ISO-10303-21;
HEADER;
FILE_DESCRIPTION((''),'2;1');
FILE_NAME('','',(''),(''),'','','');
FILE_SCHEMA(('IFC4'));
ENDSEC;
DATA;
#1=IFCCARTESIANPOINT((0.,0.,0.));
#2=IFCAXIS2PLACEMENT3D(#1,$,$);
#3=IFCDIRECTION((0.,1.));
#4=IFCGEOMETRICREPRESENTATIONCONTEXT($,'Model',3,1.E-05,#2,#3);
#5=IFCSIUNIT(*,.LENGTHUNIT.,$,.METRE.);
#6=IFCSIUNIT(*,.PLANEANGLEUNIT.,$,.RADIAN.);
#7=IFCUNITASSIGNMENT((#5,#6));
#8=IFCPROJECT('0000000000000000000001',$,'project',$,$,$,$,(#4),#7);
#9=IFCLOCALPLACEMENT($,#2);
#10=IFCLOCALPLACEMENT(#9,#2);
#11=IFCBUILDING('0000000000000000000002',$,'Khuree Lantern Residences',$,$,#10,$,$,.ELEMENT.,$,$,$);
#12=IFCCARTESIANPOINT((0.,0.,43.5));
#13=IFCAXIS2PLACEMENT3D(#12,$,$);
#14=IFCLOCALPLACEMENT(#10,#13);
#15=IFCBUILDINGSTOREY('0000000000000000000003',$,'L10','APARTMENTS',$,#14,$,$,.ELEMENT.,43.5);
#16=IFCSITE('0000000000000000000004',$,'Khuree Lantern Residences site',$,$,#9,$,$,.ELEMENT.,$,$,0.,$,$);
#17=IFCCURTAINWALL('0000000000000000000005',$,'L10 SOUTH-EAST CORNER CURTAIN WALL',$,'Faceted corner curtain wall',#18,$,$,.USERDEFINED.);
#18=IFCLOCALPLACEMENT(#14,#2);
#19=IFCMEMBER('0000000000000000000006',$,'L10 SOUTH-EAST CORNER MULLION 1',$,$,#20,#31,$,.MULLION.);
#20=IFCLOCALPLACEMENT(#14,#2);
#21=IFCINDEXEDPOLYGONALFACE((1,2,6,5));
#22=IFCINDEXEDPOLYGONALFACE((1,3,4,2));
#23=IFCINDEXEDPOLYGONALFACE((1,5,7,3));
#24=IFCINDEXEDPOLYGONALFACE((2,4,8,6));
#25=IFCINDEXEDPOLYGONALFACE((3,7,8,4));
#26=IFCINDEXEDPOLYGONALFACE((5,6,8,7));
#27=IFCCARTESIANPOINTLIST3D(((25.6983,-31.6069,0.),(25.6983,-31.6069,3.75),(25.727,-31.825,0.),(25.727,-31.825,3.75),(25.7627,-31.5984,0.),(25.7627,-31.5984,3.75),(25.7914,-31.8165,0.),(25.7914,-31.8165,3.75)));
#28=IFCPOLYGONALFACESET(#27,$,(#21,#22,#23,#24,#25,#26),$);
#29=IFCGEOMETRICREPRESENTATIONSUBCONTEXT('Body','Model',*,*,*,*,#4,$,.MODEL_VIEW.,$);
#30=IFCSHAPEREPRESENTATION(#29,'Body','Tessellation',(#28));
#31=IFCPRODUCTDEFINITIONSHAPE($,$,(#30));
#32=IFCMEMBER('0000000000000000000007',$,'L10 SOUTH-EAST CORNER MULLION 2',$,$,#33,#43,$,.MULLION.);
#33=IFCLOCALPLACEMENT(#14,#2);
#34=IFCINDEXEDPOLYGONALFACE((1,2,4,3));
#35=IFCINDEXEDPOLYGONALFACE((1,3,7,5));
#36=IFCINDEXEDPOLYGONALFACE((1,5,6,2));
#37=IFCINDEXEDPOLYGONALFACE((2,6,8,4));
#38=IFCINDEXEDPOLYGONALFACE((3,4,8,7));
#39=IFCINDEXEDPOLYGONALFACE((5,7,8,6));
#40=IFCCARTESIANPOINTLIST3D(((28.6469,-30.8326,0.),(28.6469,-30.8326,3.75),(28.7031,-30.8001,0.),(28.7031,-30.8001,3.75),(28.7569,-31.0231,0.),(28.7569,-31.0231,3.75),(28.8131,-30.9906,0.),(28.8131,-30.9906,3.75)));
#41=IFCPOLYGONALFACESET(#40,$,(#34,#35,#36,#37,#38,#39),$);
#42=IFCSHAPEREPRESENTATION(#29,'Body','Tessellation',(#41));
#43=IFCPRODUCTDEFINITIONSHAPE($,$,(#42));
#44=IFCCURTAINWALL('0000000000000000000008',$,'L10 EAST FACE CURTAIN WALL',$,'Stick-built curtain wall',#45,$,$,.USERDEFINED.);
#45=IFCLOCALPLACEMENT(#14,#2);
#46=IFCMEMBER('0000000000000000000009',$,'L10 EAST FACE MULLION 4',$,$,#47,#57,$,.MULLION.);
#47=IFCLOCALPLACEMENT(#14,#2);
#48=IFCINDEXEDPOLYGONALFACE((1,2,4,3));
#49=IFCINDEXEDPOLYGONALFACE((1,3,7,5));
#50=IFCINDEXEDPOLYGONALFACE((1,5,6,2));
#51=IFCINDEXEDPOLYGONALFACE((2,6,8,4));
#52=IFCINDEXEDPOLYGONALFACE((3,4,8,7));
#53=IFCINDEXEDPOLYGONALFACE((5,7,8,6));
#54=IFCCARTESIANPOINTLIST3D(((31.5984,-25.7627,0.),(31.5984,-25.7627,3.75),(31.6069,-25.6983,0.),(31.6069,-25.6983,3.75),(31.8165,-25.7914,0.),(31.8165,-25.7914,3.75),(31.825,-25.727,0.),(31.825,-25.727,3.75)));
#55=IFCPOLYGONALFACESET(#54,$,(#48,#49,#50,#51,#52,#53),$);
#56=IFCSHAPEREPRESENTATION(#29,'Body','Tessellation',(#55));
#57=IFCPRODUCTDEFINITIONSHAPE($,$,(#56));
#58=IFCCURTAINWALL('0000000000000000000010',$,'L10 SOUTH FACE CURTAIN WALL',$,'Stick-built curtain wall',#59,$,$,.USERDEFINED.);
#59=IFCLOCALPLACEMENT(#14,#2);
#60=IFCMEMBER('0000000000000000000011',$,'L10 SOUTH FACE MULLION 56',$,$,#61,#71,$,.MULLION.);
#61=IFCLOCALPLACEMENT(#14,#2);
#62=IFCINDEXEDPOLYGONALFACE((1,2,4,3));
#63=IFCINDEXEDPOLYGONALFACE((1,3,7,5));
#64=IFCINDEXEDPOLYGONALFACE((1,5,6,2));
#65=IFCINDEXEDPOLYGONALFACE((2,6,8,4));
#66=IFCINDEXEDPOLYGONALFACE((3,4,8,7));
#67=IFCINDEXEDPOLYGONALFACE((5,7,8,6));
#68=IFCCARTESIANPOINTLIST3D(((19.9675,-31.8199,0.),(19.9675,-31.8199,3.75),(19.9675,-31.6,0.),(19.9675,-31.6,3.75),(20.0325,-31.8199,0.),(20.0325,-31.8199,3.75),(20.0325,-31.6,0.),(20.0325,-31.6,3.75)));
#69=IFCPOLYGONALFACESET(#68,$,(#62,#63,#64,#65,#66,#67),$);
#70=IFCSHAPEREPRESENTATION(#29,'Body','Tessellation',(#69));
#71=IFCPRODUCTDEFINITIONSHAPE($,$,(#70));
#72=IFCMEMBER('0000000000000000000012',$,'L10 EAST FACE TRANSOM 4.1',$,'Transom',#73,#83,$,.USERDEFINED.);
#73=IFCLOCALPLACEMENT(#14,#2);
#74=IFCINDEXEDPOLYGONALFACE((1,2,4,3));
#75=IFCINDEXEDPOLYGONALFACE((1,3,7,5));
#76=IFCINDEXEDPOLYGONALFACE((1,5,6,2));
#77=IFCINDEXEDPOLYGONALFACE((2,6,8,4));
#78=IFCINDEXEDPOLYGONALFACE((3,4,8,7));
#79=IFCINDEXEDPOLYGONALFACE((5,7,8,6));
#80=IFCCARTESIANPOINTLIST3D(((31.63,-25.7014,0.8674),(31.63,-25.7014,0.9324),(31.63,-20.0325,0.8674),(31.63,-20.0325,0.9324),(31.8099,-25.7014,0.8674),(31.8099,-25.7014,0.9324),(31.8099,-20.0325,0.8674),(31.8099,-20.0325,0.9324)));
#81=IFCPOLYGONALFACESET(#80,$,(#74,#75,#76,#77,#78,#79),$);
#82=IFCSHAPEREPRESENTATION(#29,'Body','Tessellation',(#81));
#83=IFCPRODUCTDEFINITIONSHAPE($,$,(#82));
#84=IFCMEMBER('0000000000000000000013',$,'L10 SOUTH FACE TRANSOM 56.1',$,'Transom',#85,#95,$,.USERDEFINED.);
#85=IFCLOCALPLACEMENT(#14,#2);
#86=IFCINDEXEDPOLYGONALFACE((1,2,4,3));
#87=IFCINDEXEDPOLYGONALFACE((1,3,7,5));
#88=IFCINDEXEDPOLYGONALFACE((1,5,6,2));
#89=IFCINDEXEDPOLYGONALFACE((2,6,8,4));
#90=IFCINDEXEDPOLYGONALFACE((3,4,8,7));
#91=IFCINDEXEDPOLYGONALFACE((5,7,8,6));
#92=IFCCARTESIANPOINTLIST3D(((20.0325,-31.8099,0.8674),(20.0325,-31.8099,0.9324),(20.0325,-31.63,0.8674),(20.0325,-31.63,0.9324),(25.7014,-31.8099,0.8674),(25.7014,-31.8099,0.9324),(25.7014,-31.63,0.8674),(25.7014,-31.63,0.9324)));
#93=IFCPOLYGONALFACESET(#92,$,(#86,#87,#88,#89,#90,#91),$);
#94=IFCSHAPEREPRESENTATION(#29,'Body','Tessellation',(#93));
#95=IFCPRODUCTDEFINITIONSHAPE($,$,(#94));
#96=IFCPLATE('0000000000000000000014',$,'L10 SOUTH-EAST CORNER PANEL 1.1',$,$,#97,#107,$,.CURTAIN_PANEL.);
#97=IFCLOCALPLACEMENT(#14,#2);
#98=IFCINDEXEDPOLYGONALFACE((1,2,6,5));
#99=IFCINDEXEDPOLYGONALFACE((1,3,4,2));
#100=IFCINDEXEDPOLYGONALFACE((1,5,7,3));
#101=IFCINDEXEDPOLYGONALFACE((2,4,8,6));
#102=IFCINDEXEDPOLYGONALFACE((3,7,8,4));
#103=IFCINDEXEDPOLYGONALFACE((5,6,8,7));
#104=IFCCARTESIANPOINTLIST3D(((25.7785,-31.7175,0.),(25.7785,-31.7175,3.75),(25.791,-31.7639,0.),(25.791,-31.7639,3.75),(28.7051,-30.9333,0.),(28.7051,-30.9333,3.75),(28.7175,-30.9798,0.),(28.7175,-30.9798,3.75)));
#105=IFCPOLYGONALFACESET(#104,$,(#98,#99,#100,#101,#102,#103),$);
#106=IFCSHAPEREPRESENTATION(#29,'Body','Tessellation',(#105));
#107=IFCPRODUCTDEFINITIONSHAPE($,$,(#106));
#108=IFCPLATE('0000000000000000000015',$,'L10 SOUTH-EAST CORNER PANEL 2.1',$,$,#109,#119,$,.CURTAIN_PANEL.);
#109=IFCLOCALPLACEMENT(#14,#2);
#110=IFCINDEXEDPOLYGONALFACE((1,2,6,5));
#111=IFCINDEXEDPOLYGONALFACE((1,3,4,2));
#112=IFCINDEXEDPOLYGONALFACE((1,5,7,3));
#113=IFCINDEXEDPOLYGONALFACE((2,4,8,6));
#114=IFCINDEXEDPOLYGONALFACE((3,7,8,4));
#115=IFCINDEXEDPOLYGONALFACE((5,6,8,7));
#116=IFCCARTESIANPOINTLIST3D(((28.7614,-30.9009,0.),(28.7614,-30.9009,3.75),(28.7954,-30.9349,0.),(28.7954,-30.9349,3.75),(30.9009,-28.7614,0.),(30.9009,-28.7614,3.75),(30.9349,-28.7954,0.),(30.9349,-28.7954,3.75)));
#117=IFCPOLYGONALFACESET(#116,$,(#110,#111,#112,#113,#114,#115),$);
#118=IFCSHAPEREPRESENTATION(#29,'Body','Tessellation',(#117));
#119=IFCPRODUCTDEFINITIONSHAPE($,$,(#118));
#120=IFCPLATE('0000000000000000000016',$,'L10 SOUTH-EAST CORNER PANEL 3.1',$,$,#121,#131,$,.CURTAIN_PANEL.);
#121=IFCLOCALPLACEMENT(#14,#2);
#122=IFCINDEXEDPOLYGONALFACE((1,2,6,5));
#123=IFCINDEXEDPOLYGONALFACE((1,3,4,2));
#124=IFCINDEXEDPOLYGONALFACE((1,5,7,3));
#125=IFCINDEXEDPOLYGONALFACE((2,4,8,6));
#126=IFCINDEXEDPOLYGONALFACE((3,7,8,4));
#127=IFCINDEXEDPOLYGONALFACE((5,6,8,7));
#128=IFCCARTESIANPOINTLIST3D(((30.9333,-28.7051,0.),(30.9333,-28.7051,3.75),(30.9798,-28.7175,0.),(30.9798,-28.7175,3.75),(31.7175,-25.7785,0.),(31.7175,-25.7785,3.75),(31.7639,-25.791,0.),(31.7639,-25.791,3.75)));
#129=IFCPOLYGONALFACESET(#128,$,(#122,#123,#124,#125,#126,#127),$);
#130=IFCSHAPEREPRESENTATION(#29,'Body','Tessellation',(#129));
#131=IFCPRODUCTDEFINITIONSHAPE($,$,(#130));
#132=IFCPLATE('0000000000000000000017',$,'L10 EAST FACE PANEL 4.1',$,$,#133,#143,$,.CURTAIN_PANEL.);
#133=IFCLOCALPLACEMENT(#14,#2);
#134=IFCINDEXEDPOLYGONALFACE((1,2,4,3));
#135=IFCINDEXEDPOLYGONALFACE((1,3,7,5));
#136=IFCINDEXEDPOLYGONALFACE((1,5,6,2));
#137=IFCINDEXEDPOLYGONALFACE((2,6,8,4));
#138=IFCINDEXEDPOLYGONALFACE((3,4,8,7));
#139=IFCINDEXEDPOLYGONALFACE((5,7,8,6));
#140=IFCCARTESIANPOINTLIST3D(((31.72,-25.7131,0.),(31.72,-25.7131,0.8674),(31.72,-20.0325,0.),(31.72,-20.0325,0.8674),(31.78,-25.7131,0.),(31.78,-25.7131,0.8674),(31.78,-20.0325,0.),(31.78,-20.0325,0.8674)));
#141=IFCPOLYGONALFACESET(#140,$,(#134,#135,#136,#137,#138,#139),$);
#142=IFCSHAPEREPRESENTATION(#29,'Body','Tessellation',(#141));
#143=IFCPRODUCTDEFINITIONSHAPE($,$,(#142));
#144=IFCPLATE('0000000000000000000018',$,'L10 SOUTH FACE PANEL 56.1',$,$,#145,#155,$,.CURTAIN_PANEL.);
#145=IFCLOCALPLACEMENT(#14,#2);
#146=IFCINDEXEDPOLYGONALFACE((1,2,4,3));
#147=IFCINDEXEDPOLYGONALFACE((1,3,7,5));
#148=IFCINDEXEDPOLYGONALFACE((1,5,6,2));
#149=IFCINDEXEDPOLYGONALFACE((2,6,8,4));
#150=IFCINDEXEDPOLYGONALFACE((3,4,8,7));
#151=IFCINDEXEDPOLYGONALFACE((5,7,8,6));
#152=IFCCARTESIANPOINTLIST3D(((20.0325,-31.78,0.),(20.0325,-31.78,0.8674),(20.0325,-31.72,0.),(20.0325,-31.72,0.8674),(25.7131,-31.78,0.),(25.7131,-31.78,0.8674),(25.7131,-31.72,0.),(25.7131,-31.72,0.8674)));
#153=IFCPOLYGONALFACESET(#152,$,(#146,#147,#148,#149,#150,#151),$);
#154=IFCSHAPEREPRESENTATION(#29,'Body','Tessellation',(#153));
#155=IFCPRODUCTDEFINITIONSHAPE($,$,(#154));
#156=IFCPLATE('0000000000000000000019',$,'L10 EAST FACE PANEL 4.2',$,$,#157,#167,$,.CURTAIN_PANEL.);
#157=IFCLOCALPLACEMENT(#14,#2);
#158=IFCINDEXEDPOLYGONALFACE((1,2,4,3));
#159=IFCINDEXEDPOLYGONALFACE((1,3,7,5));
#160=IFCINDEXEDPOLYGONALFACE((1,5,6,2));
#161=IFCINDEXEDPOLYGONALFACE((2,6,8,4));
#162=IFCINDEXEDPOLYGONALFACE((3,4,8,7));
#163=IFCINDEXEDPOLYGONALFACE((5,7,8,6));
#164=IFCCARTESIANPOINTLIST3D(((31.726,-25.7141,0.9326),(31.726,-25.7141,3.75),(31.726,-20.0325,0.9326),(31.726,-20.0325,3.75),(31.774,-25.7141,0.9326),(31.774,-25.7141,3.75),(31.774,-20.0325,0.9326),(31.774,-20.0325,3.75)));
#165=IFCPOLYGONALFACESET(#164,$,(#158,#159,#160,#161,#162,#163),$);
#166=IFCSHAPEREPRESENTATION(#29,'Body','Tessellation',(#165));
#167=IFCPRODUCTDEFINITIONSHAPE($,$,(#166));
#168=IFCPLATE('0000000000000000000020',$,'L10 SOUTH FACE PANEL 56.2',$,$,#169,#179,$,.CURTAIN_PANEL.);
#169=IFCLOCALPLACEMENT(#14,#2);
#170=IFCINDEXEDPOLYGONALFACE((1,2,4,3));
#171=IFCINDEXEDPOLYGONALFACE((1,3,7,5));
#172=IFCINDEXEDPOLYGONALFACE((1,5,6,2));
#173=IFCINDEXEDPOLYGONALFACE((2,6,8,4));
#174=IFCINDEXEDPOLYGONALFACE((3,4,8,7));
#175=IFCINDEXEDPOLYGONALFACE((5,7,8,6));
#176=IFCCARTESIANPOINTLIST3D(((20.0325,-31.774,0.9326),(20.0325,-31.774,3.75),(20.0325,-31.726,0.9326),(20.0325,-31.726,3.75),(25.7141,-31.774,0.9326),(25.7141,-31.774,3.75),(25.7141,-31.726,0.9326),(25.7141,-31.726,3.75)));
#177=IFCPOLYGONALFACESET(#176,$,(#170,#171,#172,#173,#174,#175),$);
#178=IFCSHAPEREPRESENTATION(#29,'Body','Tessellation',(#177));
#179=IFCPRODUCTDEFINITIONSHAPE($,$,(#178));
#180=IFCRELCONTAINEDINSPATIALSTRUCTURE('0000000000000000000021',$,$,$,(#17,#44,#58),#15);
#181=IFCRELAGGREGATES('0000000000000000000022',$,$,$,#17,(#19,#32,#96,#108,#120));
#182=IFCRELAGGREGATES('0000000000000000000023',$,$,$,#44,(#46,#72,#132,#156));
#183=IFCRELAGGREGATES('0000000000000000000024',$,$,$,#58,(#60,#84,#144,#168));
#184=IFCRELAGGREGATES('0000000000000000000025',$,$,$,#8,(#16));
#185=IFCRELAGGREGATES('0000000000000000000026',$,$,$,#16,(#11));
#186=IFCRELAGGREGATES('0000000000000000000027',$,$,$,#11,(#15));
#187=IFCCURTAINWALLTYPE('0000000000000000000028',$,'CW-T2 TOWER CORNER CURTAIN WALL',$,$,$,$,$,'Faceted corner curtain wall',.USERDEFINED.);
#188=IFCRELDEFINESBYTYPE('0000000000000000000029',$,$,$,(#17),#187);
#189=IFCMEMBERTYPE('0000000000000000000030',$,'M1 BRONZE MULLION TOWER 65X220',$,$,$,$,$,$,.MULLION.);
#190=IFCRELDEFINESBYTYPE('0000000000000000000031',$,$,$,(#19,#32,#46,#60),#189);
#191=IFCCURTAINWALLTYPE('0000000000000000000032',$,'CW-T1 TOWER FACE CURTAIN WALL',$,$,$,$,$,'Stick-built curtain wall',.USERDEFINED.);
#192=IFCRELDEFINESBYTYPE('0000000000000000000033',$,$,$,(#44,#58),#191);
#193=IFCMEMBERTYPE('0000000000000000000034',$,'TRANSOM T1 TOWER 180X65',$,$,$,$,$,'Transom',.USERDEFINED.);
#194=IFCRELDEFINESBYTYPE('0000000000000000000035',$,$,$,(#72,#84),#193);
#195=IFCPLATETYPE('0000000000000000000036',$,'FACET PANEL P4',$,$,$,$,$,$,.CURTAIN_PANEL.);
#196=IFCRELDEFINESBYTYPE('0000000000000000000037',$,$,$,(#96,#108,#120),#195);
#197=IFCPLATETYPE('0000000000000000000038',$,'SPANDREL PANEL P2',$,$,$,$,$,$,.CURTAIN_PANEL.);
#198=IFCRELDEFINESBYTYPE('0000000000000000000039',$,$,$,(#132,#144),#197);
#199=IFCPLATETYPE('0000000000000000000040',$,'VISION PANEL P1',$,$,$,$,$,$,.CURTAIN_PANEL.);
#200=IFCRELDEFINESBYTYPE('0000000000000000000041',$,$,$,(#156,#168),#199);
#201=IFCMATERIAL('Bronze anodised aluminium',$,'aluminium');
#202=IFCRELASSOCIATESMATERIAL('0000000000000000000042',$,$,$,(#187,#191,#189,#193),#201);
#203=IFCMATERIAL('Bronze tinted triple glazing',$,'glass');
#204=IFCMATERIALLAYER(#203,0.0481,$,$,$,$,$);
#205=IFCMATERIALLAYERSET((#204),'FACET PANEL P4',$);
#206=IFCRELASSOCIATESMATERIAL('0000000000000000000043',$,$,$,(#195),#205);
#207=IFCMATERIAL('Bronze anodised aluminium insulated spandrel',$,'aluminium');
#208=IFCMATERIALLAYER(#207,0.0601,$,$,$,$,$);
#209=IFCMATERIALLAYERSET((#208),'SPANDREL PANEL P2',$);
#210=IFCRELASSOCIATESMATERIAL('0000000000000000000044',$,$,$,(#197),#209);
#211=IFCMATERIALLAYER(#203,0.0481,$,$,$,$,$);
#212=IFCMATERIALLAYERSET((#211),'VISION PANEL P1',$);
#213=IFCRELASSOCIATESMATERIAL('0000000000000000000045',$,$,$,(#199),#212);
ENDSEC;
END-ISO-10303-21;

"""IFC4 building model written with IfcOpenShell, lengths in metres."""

from ifc_helpers import new_model, si_unit, direction, frame, origin, origin_2d, place, context, subcontext, project, spatial, rectangle, extrude, material, layer, layer_set, material_profile, profile_set, type_object, element, aggregate, save


model = new_model("IFC4")

# Units and contexts
model_context = context("Model", 3, precision=1e-05, world=origin(), true_north=direction((0.0, 1.0)))
body_context = subcontext(model_context, "Body", "Model", "MODEL_VIEW")
ifc_project = project(units=[si_unit("LENGTHUNIT", "METRE"), si_unit("PLANEANGLEUNIT", "RADIAN")], contexts=[model_context])

# Site, building, storey
site_placement = place(None, origin())
site = spatial("IfcSite", under=ifc_project, at=site_placement, Name="Khuree Lantern Residences site", CompositionType="ELEMENT", RefElevation=0.0)
building_placement = place(site_placement, origin())
building = spatial("IfcBuilding", under=site, at=building_placement, Name="Khuree Lantern Residences", CompositionType="ELEMENT")
storey_placement = place(building_placement, frame((0.0, 0.0, 43.5)))
storey = spatial("IfcBuildingStorey", under=building, at=storey_placement, Name="L10", Description="APARTMENTS", CompositionType="ELEMENT", Elevation=43.5)

# Curtain wall
ifc_material_1 = material(Name="Bronze anodised aluminium", Category="aluminium")
curtain_wall_type_1 = type_object("IfcCurtainWallType", Name="CW-T2 TOWER CORNER CURTAIN WALL", ElementType="Faceted corner curtain wall", PredefinedType="USERDEFINED", material=ifc_material_1)
curtain_wall_1_placement = place(storey_placement, origin())
curtain_wall_1 = element("IfcCurtainWall", 1, at=curtain_wall_1_placement, inside=storey, type_object=curtain_wall_type_1, Name="L10 SOUTH-EAST CORNER CURTAIN WALL", ObjectType="Faceted corner curtain wall", PredefinedType="USERDEFINED")

# Members
ifc_material_profile_1 = material_profile(ifc_material_1, rectangle(XDim=0.0649, YDim=0.22, at=origin_2d()), Name="M1 65X220")
ifc_profile_set_1 = profile_set([ifc_material_profile_1], Name="Bronze anodised aluminium")
member_type_1 = type_object("IfcMemberType", Name="M1 BRONZE MULLION TOWER 65X220", PredefinedType="MULLION", material=ifc_profile_set_1)
member_1_placement = place(storey_placement, frame((25.7449, -31.7117, 0.0), z_axis=(0.0, 0.0, 1.0), x_axis=(0.991445, 0.130526, 0.0)))
member_1 = element("IfcMember", 2, at=member_1_placement, type_object=member_type_1, Name="L10 SOUTH-EAST CORNER MULLION 1", PredefinedType="MULLION", context=body_context, shape_type="SweptSolid", body=[
    extrude(rectangle(XDim=0.0649, YDim=0.22, at=origin_2d()), origin(), (0.0, 0.0, 1.0), 3.75),
])
member_2_placement = place(storey_placement, frame((28.73, -30.9116, 0.0), z_axis=(0.0, 0.0, 1.0), x_axis=(0.866025, 0.5, 0.0)))
member_2 = element("IfcMember", 3, at=member_2_placement, type_object=member_type_1, Name="L10 SOUTH-EAST CORNER MULLION 2", PredefinedType="MULLION", context=body_context, shape_type="SweptSolid", body=[
    extrude(rectangle(XDim=0.0649, YDim=0.22, at=origin_2d()), origin(), (0.0, 0.0, 1.0), 3.75),
])

# Curtain walls, members
curtain_wall_type_2 = type_object("IfcCurtainWallType", Name="CW-T1 TOWER FACE CURTAIN WALL", ElementType="Stick-built curtain wall", PredefinedType="USERDEFINED", material=ifc_material_1)
curtain_wall_2_placement = place(storey_placement, origin())
curtain_wall_2 = element("IfcCurtainWall", 4, at=curtain_wall_2_placement, inside=storey, type_object=curtain_wall_type_2, Name="L10 EAST FACE CURTAIN WALL", ObjectType="Stick-built curtain wall", PredefinedType="USERDEFINED")
member_3_placement = place(storey_placement, frame((31.7117, -25.7449, 0.0), z_axis=(0.0, 0.0, 1.0), x_axis=(0.130526, 0.991445, 0.0)))
member_3 = element("IfcMember", 5, at=member_3_placement, type_object=member_type_1, Name="L10 EAST FACE MULLION 4", PredefinedType="MULLION", context=body_context, shape_type="SweptSolid", body=[
    extrude(rectangle(XDim=0.0649, YDim=0.22, at=origin_2d()), origin(), (0.0, 0.0, 1.0), 3.75),
])
curtain_wall_3_placement = place(storey_placement, origin())
curtain_wall_3 = element("IfcCurtainWall", 6, at=curtain_wall_3_placement, inside=storey, type_object=curtain_wall_type_2, Name="L10 SOUTH FACE CURTAIN WALL", ObjectType="Stick-built curtain wall", PredefinedType="USERDEFINED")
member_4_placement = place(storey_placement, frame((20.0, -31.71, 0.0), z_axis=(0.0, 0.0, 1.0), x_axis=(1.0, 0.0, 0.0)))
member_4 = element("IfcMember", 7, at=member_4_placement, type_object=member_type_1, Name="L10 SOUTH FACE MULLION 56", PredefinedType="MULLION", context=body_context, shape_type="SweptSolid", body=[
    extrude(rectangle(XDim=0.0649, YDim=0.22, at=origin_2d()), origin(), (0.0, 0.0, 1.0), 3.75),
])

# Members
ifc_material_profile_2 = material_profile(ifc_material_1, rectangle(XDim=0.1799, YDim=0.0649, at=origin_2d()), Name="T1 180X65")
ifc_profile_set_2 = profile_set([ifc_material_profile_2], Name="Bronze anodised aluminium")
member_type_2 = type_object("IfcMemberType", Name="TRANSOM T1 TOWER 180X65", ElementType="Transom", PredefinedType="USERDEFINED", material=ifc_profile_set_2)
member_5_placement = place(storey_placement, frame((31.72, -25.7014, 0.8999), z_axis=(0.0, 1.0, 0.0), x_axis=(-1.0, 0.0, 0.0)))
member_5 = element("IfcMember", 8, at=member_5_placement, type_object=member_type_2, Name="L10 EAST FACE TRANSOM 4.1", ObjectType="Transom", PredefinedType="USERDEFINED", context=body_context, shape_type="SweptSolid", body=[
    extrude(rectangle(XDim=0.1799, YDim=0.0649, at=origin_2d()), origin(), (0.0, 0.0, 1.0), 5.6689),
])
member_6_placement = place(storey_placement, frame((20.0325, -31.72, 0.8999), z_axis=(1.0, 0.0, 0.0), x_axis=(0.0, 1.0, 0.0)))
member_6 = element("IfcMember", 9, at=member_6_placement, type_object=member_type_2, Name="L10 SOUTH FACE TRANSOM 56.1", ObjectType="Transom", PredefinedType="USERDEFINED", context=body_context, shape_type="SweptSolid", body=[
    extrude(rectangle(XDim=0.1799, YDim=0.0649, at=origin_2d()), origin(), (0.0, 0.0, 1.0), 5.6689),
])

# Plates
ifc_material_2 = material(Name="Bronze tinted triple glazing", Category="glass")
ifc_layer_1 = layer(ifc_material_2, 0.0481)
ifc_layer_set_1 = layer_set([ifc_layer_1], Name="FACET PANEL P4")
plate_type_1 = type_object("IfcPlateType", Name="FACET PANEL P4", PredefinedType="CURTAIN_PANEL", material=ifc_layer_set_1)
plate_1_placement = place(storey_placement, frame((27.248, -31.3486, 0.0), z_axis=(0.0, 0.0, 1.0), x_axis=(0.965926, 0.258819, 0.0)))
plate_1 = element("IfcPlate", 10, at=plate_1_placement, type_object=plate_type_1, Name="L10 SOUTH-EAST CORNER PANEL 1.1", PredefinedType="CURTAIN_PANEL", context=body_context, shape_type="SweptSolid", body=[
    extrude(rectangle(XDim=3.0298, YDim=0.0481, at=origin_2d()), origin(), (0.0, 0.0, 1.0), 3.75),
])
plate_2_placement = place(storey_placement, frame((29.8481, -29.8481, 0.0), z_axis=(0.0, 0.0, 1.0), x_axis=(0.707107, 0.707107, 0.0)))
plate_2 = element("IfcPlate", 11, at=plate_2_placement, type_object=plate_type_1, Name="L10 SOUTH-EAST CORNER PANEL 2.1", PredefinedType="CURTAIN_PANEL", context=body_context, shape_type="SweptSolid", body=[
    extrude(rectangle(XDim=3.0256, YDim=0.0481, at=origin_2d()), origin(), (0.0, 0.0, 1.0), 3.75),
])
plate_3_placement = place(storey_placement, frame((31.3486, -27.248, 0.0), z_axis=(0.0, 0.0, 1.0), x_axis=(0.258819, 0.965926, 0.0)))
plate_3 = element("IfcPlate", 12, at=plate_3_placement, type_object=plate_type_1, Name="L10 SOUTH-EAST CORNER PANEL 3.1", PredefinedType="CURTAIN_PANEL", context=body_context, shape_type="SweptSolid", body=[
    extrude(rectangle(XDim=3.0298, YDim=0.0481, at=origin_2d()), origin(), (0.0, 0.0, 1.0), 3.75),
])
aggregate(curtain_wall_1, [member_1, member_2, plate_1, plate_2, plate_3])
ifc_material_3 = material(Name="Bronze anodised aluminium insulated spandrel", Category="aluminium")
ifc_layer_2 = layer(ifc_material_3, 0.0601)
ifc_layer_set_2 = layer_set([ifc_layer_2], Name="SPANDREL PANEL P2")
plate_type_2 = type_object("IfcPlateType", Name="SPANDREL PANEL P2", PredefinedType="CURTAIN_PANEL", material=ifc_layer_set_2)
plate_4_placement = place(storey_placement, frame((31.75, -22.8728, 0.0), z_axis=(0.0, 0.0, 1.0), x_axis=(0.0, 1.0, 0.0)))
plate_4 = element("IfcPlate", 13, at=plate_4_placement, type_object=plate_type_2, Name="L10 EAST FACE PANEL 4.1", PredefinedType="CURTAIN_PANEL", context=body_context, shape_type="SweptSolid", body=[
    extrude(rectangle(XDim=5.6807, YDim=0.0601, at=origin_2d()), origin(), (0.0, 0.0, 1.0), 0.8674),
])
plate_5_placement = place(storey_placement, frame((22.8728, -31.75, 0.0), z_axis=(0.0, 0.0, 1.0), x_axis=(1.0, 0.0, 0.0)))
plate_5 = element("IfcPlate", 14, at=plate_5_placement, type_object=plate_type_2, Name="L10 SOUTH FACE PANEL 56.1", PredefinedType="CURTAIN_PANEL", context=body_context, shape_type="SweptSolid", body=[
    extrude(rectangle(XDim=5.6807, YDim=0.0601, at=origin_2d()), origin(), (0.0, 0.0, 1.0), 0.8674),
])
ifc_layer_3 = layer(ifc_material_2, 0.0481)
ifc_layer_set_3 = layer_set([ifc_layer_3], Name="VISION PANEL P1")
plate_type_3 = type_object("IfcPlateType", Name="VISION PANEL P1", PredefinedType="CURTAIN_PANEL", material=ifc_layer_set_3)
plate_6_placement = place(storey_placement, frame((31.75, -22.8733, 0.9326), z_axis=(0.0, 0.0, 1.0), x_axis=(0.0, 1.0, 0.0)))
plate_6 = element("IfcPlate", 15, at=plate_6_placement, type_object=plate_type_3, Name="L10 EAST FACE PANEL 4.2", PredefinedType="CURTAIN_PANEL", context=body_context, shape_type="SweptSolid", body=[
    extrude(rectangle(XDim=5.6816, YDim=0.0481, at=origin_2d()), origin(), (0.0, 0.0, 1.0), 2.8174),
])
aggregate(curtain_wall_2, [member_3, member_5, plate_4, plate_6])
plate_7_placement = place(storey_placement, frame((22.8733, -31.75, 0.9326), z_axis=(0.0, 0.0, 1.0), x_axis=(1.0, 0.0, 0.0)))
plate_7 = element("IfcPlate", 16, at=plate_7_placement, type_object=plate_type_3, Name="L10 SOUTH FACE PANEL 56.2", PredefinedType="CURTAIN_PANEL", context=body_context, shape_type="SweptSolid", body=[
    extrude(rectangle(XDim=5.6816, YDim=0.0481, at=origin_2d()), origin(), (0.0, 0.0, 1.0), 2.8174),
])
aggregate(curtain_wall_3, [member_4, member_6, plate_5, plate_7])

save(model, "model.ifc")
